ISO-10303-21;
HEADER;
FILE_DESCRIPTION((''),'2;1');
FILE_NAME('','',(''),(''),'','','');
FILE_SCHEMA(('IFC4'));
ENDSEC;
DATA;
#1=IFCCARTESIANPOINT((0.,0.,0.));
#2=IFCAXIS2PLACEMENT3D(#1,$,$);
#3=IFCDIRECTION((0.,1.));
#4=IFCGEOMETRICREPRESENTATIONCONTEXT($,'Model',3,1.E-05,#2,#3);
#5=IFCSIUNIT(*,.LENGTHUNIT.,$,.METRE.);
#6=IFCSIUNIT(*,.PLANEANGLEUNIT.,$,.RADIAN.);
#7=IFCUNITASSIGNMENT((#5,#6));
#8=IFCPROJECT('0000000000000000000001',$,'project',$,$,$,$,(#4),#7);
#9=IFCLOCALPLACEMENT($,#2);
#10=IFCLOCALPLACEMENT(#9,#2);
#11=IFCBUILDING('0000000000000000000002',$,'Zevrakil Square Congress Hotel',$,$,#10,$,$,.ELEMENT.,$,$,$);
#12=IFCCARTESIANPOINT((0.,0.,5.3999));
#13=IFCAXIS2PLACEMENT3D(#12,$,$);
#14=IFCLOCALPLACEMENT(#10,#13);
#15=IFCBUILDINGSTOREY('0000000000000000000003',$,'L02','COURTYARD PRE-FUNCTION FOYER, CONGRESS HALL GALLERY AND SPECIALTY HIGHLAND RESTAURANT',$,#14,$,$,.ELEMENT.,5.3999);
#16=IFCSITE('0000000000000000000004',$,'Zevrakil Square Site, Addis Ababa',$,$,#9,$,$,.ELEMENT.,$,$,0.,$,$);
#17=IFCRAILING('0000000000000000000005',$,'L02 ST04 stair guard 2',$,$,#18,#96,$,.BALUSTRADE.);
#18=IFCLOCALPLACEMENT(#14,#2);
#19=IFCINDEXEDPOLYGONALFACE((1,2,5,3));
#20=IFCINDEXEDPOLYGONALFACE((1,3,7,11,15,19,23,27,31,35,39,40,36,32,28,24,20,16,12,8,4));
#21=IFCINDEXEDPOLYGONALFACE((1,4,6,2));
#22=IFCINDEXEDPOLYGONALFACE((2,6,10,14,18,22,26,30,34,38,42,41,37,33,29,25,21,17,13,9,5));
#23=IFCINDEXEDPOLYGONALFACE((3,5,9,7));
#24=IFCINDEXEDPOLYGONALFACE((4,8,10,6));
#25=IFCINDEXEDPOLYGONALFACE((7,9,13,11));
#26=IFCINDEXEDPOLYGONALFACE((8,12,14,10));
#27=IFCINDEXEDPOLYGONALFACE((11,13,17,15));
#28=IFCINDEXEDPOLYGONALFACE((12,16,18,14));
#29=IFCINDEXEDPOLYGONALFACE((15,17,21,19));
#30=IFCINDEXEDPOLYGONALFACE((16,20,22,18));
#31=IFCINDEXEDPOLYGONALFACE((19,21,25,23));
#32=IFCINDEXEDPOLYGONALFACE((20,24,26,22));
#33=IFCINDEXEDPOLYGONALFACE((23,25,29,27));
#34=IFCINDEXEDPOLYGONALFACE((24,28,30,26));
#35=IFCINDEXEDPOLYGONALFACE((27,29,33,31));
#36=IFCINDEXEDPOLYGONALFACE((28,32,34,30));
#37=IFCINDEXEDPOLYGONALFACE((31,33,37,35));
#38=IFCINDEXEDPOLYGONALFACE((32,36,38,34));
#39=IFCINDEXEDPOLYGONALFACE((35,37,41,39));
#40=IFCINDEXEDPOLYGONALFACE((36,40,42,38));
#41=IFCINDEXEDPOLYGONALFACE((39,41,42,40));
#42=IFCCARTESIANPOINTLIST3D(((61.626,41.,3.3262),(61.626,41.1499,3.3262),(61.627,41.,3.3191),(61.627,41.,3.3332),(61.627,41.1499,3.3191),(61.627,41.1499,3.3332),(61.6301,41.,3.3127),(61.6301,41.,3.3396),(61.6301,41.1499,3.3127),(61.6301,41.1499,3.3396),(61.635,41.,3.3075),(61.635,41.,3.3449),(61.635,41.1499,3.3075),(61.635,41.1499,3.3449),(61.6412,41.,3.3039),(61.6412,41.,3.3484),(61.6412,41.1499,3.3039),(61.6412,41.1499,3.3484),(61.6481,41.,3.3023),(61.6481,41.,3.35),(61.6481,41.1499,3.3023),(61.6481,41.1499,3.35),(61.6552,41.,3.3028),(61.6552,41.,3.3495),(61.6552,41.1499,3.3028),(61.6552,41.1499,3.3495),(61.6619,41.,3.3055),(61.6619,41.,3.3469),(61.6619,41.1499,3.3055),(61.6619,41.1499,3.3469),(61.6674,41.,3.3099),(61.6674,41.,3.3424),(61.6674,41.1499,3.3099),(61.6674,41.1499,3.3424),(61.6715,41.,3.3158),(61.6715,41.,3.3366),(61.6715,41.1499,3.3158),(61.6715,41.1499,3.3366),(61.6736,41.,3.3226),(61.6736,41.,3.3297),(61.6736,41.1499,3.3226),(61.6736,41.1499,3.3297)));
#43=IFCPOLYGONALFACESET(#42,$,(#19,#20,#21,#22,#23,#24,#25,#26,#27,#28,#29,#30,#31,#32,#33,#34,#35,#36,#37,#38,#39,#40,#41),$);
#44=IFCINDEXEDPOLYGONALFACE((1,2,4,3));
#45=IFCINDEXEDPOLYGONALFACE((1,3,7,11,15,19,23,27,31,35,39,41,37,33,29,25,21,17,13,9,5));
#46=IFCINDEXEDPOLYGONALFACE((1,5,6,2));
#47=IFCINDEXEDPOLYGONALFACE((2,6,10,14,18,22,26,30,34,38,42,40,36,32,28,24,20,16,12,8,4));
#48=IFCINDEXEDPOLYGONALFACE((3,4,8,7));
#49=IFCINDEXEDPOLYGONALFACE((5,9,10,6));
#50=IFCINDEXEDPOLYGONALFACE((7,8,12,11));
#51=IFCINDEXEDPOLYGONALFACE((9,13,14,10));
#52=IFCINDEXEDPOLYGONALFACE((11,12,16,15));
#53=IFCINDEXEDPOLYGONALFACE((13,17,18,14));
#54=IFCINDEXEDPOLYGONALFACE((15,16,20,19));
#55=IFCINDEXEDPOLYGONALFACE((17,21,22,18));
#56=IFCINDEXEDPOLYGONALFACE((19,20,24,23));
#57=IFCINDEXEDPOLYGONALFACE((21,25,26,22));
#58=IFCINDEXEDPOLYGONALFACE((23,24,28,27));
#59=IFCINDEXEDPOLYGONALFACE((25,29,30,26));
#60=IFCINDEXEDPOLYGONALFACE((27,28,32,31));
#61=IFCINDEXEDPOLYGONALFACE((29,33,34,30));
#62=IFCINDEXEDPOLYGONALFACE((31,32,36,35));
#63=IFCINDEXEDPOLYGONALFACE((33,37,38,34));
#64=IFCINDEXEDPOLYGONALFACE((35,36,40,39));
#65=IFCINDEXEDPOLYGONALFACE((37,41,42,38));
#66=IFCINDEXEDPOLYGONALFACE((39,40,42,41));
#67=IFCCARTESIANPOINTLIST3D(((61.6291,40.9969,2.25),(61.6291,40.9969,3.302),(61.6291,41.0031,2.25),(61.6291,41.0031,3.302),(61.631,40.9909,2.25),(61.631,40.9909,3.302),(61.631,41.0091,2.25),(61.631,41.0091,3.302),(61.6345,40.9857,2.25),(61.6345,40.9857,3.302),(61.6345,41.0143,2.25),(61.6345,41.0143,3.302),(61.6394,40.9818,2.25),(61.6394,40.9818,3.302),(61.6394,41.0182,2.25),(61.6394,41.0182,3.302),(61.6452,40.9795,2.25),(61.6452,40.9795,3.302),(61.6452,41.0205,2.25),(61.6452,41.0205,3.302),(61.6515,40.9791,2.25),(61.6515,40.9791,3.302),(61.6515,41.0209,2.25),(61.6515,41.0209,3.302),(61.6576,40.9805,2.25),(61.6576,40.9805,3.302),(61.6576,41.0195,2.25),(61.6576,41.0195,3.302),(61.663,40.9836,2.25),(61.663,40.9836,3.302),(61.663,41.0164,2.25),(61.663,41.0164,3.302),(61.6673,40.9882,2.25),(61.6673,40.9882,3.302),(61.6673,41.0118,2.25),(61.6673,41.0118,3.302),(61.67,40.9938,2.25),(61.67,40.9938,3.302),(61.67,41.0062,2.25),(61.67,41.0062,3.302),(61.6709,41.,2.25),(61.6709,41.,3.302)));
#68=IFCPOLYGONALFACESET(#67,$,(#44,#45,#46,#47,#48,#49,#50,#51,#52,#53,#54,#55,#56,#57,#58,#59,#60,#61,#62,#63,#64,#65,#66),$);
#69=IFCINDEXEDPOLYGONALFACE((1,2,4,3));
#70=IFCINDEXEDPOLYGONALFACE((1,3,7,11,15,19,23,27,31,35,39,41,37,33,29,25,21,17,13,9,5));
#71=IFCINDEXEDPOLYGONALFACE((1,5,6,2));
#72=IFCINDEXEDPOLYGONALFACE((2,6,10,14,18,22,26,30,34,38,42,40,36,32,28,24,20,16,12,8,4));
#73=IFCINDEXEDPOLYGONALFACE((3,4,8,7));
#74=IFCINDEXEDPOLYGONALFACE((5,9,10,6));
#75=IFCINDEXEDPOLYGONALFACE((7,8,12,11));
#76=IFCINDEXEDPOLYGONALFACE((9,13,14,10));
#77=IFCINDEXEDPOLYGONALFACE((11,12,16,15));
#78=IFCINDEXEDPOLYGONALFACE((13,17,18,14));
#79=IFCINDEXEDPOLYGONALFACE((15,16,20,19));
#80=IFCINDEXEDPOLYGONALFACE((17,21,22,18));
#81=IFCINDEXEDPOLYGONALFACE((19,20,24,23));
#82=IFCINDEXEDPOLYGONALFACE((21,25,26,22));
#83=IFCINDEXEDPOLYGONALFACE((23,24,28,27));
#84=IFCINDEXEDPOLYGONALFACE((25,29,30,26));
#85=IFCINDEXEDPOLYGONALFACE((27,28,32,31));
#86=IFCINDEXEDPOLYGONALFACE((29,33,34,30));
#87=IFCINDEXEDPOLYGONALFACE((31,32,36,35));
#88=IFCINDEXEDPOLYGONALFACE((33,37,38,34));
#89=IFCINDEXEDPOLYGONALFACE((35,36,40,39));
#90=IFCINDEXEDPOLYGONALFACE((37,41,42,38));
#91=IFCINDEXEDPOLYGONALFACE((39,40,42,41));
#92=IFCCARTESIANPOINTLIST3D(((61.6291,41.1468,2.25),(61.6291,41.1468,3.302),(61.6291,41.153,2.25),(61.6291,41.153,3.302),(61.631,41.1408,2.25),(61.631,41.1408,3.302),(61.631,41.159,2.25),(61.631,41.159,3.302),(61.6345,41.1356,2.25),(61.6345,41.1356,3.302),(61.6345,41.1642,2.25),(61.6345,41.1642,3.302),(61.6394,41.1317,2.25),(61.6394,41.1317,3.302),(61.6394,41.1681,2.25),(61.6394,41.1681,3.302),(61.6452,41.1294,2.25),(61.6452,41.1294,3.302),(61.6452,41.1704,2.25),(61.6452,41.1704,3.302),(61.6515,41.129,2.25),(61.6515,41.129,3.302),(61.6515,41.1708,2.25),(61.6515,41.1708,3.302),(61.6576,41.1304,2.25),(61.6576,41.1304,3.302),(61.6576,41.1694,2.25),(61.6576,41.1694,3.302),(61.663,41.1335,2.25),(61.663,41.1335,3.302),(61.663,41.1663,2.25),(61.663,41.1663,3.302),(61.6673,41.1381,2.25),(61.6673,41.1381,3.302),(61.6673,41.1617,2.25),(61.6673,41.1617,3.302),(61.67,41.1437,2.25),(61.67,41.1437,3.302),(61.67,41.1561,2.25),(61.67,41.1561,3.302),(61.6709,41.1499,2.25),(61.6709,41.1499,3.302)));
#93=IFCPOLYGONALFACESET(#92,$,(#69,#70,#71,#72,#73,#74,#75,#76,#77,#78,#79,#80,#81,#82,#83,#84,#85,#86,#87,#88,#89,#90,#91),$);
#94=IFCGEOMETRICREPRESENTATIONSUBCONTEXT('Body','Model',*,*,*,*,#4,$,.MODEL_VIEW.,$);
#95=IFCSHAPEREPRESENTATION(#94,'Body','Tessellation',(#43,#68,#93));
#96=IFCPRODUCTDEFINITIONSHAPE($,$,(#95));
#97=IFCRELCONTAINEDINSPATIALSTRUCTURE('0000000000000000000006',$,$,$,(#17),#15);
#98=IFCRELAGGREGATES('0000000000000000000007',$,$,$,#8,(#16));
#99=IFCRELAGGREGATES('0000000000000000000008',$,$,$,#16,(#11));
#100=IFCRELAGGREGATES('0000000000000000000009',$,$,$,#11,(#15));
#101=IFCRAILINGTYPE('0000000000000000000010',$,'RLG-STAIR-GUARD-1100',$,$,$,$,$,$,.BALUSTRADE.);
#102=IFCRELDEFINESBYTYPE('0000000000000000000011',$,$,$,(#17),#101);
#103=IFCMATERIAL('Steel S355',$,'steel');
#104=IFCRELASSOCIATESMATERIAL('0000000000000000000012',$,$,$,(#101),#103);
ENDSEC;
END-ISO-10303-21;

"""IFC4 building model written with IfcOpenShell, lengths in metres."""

from ifc_helpers import new_model, si_unit, direction, frame, origin, origin_2d, place, context, subcontext, project, spatial, circle, extrude, material, type_object, element, save


model = new_model("IFC4")

# Units and contexts
model_context = context("Model", 3, precision=1e-05, world=origin(), true_north=direction((0.0, 1.0)))
body_context = subcontext(model_context, "Body", "Model", "MODEL_VIEW")
ifc_project = project(units=[si_unit("LENGTHUNIT", "METRE"), si_unit("PLANEANGLEUNIT", "RADIAN")], contexts=[model_context])

# Site, building, storey
site_placement = place(None, origin())
site = spatial("IfcSite", under=ifc_project, at=site_placement, Name="Zevrakil Square Site, Addis Ababa", CompositionType="ELEMENT", RefElevation=0.0)
building_placement = place(site_placement, origin())
building = spatial("IfcBuilding", under=site, at=building_placement, Name="Zevrakil Square Congress Hotel", CompositionType="ELEMENT")
storey_placement = place(building_placement, frame((0.0, 0.0, 5.3999)))
storey = spatial("IfcBuildingStorey", under=building, at=storey_placement, Name="L02", Description="COURTYARD PRE-FUNCTION FOYER, CONGRESS HALL GALLERY AND SPECIALTY HIGHLAND RESTAURANT", CompositionType="ELEMENT", Elevation=5.3999)

# Railing
ifc_material_1 = material(Name="Steel S355", Category="steel")
railing_type_1 = type_object("IfcRailingType", Name="RLG-STAIR-GUARD-1100", PredefinedType="BALUSTRADE", material=ifc_material_1)
railing_1_placement = place(storey_placement, frame((61.6499, 41.0, 2.25)))
element("IfcRailing", 1, at=railing_1_placement, inside=storey, type_object=railing_type_1, Name="L02 ST04 stair guard 2", PredefinedType="BALUSTRADE", context=body_context, shape_type="SweptSolid", body=[
    extrude(circle(Radius=0.0239, at=origin_2d()), frame((0.0, 0.0, 1.0762), z_axis=(0.0, 1.0, 0.0), x_axis=(-1.0, 0.0, 0.0)), (0.0, 0.0, 1.0), 0.1499),
    extrude(circle(Radius=0.021, at=origin_2d()), origin(), (0.0, 0.0, 1.0), 1.052),
    extrude(circle(Radius=0.021, at=origin_2d()), frame((0.0, 0.1499, 0.0)), (0.0, 0.0, 1.0), 1.052),
])

save(model, "model.ifc")
